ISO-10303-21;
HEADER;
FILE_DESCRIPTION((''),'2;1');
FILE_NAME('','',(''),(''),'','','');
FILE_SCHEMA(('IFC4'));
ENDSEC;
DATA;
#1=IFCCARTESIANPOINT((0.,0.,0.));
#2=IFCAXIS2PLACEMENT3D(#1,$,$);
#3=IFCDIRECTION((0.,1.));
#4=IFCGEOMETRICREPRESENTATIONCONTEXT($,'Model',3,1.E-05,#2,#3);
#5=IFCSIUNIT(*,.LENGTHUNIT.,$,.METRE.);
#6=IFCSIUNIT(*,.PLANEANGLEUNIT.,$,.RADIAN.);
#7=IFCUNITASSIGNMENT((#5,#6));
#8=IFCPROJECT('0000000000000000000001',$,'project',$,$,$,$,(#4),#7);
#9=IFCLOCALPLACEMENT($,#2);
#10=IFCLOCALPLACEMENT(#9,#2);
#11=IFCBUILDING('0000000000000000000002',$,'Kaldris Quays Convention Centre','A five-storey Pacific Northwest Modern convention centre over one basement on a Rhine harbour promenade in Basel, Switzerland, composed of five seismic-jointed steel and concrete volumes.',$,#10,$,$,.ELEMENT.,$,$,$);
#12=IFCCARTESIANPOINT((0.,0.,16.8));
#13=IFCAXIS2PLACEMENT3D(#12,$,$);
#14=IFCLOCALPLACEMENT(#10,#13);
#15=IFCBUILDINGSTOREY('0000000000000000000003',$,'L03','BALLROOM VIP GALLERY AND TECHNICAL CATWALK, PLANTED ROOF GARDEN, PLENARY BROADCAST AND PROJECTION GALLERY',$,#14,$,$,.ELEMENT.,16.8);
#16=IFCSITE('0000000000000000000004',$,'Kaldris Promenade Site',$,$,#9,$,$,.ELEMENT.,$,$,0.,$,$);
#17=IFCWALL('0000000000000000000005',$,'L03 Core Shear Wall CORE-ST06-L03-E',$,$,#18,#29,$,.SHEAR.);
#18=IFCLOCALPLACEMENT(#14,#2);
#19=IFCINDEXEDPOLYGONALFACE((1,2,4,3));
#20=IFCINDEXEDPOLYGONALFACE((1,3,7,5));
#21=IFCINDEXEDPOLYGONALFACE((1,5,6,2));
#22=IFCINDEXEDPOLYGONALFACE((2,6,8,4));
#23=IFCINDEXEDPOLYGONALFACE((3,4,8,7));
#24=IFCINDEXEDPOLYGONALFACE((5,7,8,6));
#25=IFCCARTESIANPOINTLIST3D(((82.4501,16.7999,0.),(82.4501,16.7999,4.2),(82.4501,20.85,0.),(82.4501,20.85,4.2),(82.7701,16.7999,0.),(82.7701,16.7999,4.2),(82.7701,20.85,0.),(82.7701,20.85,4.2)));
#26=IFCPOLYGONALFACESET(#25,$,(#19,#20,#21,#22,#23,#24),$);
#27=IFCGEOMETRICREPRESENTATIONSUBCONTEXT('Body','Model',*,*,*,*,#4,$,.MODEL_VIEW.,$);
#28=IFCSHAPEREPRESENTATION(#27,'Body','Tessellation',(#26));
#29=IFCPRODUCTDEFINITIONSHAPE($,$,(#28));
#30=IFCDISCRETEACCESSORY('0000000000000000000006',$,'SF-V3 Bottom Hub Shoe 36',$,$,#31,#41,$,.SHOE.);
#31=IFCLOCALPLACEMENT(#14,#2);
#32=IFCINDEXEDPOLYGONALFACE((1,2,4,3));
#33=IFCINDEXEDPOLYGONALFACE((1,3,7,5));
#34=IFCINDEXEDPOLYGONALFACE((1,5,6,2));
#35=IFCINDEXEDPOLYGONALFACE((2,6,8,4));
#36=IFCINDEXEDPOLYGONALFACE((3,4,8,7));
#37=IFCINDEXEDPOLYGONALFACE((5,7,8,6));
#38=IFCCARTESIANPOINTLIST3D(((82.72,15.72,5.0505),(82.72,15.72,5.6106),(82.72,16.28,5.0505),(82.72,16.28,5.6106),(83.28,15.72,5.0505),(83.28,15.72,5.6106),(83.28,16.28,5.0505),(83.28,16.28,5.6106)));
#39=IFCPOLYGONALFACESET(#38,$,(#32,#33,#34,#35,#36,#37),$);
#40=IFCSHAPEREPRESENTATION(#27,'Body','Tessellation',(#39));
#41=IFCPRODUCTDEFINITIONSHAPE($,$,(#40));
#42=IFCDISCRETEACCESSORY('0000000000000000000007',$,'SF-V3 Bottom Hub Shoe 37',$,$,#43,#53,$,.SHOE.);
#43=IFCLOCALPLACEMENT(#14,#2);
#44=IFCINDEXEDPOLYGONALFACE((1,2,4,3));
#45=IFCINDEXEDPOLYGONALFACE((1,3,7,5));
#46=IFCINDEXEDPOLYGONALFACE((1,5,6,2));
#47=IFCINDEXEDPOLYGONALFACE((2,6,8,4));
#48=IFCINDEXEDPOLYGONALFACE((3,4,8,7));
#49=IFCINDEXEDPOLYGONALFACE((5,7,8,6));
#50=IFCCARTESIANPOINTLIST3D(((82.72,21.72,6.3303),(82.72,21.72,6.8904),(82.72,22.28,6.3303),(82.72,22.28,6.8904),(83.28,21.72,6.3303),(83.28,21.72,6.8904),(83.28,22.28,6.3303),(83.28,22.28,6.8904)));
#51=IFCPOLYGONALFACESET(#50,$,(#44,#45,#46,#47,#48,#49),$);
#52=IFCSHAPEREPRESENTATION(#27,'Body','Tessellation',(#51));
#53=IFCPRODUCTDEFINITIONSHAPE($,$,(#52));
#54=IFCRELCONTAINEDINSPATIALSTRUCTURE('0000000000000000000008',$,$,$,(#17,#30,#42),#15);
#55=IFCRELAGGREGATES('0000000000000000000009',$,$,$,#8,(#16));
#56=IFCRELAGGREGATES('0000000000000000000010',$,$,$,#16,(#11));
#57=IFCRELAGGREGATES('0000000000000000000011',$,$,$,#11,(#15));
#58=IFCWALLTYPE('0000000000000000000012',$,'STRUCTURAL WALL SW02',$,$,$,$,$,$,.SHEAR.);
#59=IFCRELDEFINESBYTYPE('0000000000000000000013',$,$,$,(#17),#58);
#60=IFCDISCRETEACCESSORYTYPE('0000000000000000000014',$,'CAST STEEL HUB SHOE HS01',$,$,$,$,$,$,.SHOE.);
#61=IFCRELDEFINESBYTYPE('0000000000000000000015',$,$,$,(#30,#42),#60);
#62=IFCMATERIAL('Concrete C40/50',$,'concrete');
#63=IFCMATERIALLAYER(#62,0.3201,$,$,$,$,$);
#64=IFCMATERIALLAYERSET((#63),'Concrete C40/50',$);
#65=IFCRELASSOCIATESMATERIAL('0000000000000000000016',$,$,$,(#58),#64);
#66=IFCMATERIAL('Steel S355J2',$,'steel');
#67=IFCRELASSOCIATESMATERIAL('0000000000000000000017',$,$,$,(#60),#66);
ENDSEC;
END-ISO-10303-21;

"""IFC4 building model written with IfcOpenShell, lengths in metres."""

from ifc_helpers import new_model, si_unit, direction, frame, frame_2d, origin, origin_2d, place, context, subcontext, project, spatial, rectangle, extrude, material, layer, layer_set, type_object, element, save


model = new_model("IFC4")

# Units and contexts
model_context = context("Model", 3, precision=1e-05, world=origin(), true_north=direction((0.0, 1.0)))
body_context = subcontext(model_context, "Body", "Model", "MODEL_VIEW")
ifc_project = project(units=[si_unit("LENGTHUNIT", "METRE"), si_unit("PLANEANGLEUNIT", "RADIAN")], contexts=[model_context])

# Site, building, storey
site_placement = place(None, origin())
site = spatial("IfcSite", under=ifc_project, at=site_placement, Name="Kaldris Promenade Site", CompositionType="ELEMENT", RefElevation=0.0)
building_placement = place(site_placement, origin())
building = spatial("IfcBuilding", under=site, at=building_placement, Name="Kaldris Quays Convention Centre", Description="A five-storey Pacific Northwest Modern convention centre over one basement on a Rhine harbour promenade in Basel, Switzerland, composed of five seismic-jointed steel and concrete volumes.", CompositionType="ELEMENT")
storey_placement = place(building_placement, frame((0.0, 0.0, 16.8)))
storey = spatial("IfcBuildingStorey", under=building, at=storey_placement, Name="L03", Description="BALLROOM VIP GALLERY AND TECHNICAL CATWALK, PLANTED ROOF GARDEN, PLENARY BROADCAST AND PROJECTION GALLERY", CompositionType="ELEMENT", Elevation=16.8)

# Shared definitions
ifc_material_1 = material(Name="Steel S355J2", Category="steel")

# Wall
ifc_material_2 = material(Name="Concrete C40/50", Category="concrete")
ifc_layer_1 = layer(ifc_material_2, 0.3201)
ifc_layer_set_1 = layer_set([ifc_layer_1], Name="Concrete C40/50")
wall_type_1 = type_object("IfcWallType", Name="STRUCTURAL WALL SW02", PredefinedType="SHEAR", material=ifc_layer_set_1)
wall_1_placement = place(storey_placement, frame((82.6101, 16.8, 0.0), z_axis=(0.0, 0.0, 1.0), x_axis=(0.0, 1.0, 0.0)))
element("IfcWall", 1, at=wall_1_placement, inside=storey, type_object=wall_type_1, Name="L03 Core Shear Wall CORE-ST06-L03-E", PredefinedType="SHEAR", context=body_context, shape_type="SweptSolid", body=[
    extrude(rectangle(XDim=4.05, YDim=0.3201, at=frame_2d((2.0249, 0.0))), origin(), (0.0, 0.0, 1.0), 4.2),
])

# Discrete accessories
discrete_accessory_type = type_object("IfcDiscreteAccessoryType", Name="CAST STEEL HUB SHOE HS01", PredefinedType="SHOE", material=ifc_material_1)
for number, where, z_axis, x_axis, name in (
    (2, (83.0, 16.0, 5.0505), (0.0, 0.0, 1.0), (1.0, 0.0, 0.0), "SF-V3 Bottom Hub Shoe 36"),
    (3, (83.0, 22.0, 6.3303), (0.0, 0.0, 1.0), (1.0, 0.0, 0.0), "SF-V3 Bottom Hub Shoe 37"),
):
    element("IfcDiscreteAccessory", number, at=place(storey_placement, frame(where, z_axis=z_axis, x_axis=x_axis)), inside=storey, type_object=discrete_accessory_type, Name=name, PredefinedType="SHOE", context=body_context, shape_type="SweptSolid", body=[
        extrude(rectangle(XDim=0.5601, YDim=0.5601, at=origin_2d()), origin(), (0.0, 0.0, 1.0), 0.5601),
    ])

save(model, "model.ifc")
